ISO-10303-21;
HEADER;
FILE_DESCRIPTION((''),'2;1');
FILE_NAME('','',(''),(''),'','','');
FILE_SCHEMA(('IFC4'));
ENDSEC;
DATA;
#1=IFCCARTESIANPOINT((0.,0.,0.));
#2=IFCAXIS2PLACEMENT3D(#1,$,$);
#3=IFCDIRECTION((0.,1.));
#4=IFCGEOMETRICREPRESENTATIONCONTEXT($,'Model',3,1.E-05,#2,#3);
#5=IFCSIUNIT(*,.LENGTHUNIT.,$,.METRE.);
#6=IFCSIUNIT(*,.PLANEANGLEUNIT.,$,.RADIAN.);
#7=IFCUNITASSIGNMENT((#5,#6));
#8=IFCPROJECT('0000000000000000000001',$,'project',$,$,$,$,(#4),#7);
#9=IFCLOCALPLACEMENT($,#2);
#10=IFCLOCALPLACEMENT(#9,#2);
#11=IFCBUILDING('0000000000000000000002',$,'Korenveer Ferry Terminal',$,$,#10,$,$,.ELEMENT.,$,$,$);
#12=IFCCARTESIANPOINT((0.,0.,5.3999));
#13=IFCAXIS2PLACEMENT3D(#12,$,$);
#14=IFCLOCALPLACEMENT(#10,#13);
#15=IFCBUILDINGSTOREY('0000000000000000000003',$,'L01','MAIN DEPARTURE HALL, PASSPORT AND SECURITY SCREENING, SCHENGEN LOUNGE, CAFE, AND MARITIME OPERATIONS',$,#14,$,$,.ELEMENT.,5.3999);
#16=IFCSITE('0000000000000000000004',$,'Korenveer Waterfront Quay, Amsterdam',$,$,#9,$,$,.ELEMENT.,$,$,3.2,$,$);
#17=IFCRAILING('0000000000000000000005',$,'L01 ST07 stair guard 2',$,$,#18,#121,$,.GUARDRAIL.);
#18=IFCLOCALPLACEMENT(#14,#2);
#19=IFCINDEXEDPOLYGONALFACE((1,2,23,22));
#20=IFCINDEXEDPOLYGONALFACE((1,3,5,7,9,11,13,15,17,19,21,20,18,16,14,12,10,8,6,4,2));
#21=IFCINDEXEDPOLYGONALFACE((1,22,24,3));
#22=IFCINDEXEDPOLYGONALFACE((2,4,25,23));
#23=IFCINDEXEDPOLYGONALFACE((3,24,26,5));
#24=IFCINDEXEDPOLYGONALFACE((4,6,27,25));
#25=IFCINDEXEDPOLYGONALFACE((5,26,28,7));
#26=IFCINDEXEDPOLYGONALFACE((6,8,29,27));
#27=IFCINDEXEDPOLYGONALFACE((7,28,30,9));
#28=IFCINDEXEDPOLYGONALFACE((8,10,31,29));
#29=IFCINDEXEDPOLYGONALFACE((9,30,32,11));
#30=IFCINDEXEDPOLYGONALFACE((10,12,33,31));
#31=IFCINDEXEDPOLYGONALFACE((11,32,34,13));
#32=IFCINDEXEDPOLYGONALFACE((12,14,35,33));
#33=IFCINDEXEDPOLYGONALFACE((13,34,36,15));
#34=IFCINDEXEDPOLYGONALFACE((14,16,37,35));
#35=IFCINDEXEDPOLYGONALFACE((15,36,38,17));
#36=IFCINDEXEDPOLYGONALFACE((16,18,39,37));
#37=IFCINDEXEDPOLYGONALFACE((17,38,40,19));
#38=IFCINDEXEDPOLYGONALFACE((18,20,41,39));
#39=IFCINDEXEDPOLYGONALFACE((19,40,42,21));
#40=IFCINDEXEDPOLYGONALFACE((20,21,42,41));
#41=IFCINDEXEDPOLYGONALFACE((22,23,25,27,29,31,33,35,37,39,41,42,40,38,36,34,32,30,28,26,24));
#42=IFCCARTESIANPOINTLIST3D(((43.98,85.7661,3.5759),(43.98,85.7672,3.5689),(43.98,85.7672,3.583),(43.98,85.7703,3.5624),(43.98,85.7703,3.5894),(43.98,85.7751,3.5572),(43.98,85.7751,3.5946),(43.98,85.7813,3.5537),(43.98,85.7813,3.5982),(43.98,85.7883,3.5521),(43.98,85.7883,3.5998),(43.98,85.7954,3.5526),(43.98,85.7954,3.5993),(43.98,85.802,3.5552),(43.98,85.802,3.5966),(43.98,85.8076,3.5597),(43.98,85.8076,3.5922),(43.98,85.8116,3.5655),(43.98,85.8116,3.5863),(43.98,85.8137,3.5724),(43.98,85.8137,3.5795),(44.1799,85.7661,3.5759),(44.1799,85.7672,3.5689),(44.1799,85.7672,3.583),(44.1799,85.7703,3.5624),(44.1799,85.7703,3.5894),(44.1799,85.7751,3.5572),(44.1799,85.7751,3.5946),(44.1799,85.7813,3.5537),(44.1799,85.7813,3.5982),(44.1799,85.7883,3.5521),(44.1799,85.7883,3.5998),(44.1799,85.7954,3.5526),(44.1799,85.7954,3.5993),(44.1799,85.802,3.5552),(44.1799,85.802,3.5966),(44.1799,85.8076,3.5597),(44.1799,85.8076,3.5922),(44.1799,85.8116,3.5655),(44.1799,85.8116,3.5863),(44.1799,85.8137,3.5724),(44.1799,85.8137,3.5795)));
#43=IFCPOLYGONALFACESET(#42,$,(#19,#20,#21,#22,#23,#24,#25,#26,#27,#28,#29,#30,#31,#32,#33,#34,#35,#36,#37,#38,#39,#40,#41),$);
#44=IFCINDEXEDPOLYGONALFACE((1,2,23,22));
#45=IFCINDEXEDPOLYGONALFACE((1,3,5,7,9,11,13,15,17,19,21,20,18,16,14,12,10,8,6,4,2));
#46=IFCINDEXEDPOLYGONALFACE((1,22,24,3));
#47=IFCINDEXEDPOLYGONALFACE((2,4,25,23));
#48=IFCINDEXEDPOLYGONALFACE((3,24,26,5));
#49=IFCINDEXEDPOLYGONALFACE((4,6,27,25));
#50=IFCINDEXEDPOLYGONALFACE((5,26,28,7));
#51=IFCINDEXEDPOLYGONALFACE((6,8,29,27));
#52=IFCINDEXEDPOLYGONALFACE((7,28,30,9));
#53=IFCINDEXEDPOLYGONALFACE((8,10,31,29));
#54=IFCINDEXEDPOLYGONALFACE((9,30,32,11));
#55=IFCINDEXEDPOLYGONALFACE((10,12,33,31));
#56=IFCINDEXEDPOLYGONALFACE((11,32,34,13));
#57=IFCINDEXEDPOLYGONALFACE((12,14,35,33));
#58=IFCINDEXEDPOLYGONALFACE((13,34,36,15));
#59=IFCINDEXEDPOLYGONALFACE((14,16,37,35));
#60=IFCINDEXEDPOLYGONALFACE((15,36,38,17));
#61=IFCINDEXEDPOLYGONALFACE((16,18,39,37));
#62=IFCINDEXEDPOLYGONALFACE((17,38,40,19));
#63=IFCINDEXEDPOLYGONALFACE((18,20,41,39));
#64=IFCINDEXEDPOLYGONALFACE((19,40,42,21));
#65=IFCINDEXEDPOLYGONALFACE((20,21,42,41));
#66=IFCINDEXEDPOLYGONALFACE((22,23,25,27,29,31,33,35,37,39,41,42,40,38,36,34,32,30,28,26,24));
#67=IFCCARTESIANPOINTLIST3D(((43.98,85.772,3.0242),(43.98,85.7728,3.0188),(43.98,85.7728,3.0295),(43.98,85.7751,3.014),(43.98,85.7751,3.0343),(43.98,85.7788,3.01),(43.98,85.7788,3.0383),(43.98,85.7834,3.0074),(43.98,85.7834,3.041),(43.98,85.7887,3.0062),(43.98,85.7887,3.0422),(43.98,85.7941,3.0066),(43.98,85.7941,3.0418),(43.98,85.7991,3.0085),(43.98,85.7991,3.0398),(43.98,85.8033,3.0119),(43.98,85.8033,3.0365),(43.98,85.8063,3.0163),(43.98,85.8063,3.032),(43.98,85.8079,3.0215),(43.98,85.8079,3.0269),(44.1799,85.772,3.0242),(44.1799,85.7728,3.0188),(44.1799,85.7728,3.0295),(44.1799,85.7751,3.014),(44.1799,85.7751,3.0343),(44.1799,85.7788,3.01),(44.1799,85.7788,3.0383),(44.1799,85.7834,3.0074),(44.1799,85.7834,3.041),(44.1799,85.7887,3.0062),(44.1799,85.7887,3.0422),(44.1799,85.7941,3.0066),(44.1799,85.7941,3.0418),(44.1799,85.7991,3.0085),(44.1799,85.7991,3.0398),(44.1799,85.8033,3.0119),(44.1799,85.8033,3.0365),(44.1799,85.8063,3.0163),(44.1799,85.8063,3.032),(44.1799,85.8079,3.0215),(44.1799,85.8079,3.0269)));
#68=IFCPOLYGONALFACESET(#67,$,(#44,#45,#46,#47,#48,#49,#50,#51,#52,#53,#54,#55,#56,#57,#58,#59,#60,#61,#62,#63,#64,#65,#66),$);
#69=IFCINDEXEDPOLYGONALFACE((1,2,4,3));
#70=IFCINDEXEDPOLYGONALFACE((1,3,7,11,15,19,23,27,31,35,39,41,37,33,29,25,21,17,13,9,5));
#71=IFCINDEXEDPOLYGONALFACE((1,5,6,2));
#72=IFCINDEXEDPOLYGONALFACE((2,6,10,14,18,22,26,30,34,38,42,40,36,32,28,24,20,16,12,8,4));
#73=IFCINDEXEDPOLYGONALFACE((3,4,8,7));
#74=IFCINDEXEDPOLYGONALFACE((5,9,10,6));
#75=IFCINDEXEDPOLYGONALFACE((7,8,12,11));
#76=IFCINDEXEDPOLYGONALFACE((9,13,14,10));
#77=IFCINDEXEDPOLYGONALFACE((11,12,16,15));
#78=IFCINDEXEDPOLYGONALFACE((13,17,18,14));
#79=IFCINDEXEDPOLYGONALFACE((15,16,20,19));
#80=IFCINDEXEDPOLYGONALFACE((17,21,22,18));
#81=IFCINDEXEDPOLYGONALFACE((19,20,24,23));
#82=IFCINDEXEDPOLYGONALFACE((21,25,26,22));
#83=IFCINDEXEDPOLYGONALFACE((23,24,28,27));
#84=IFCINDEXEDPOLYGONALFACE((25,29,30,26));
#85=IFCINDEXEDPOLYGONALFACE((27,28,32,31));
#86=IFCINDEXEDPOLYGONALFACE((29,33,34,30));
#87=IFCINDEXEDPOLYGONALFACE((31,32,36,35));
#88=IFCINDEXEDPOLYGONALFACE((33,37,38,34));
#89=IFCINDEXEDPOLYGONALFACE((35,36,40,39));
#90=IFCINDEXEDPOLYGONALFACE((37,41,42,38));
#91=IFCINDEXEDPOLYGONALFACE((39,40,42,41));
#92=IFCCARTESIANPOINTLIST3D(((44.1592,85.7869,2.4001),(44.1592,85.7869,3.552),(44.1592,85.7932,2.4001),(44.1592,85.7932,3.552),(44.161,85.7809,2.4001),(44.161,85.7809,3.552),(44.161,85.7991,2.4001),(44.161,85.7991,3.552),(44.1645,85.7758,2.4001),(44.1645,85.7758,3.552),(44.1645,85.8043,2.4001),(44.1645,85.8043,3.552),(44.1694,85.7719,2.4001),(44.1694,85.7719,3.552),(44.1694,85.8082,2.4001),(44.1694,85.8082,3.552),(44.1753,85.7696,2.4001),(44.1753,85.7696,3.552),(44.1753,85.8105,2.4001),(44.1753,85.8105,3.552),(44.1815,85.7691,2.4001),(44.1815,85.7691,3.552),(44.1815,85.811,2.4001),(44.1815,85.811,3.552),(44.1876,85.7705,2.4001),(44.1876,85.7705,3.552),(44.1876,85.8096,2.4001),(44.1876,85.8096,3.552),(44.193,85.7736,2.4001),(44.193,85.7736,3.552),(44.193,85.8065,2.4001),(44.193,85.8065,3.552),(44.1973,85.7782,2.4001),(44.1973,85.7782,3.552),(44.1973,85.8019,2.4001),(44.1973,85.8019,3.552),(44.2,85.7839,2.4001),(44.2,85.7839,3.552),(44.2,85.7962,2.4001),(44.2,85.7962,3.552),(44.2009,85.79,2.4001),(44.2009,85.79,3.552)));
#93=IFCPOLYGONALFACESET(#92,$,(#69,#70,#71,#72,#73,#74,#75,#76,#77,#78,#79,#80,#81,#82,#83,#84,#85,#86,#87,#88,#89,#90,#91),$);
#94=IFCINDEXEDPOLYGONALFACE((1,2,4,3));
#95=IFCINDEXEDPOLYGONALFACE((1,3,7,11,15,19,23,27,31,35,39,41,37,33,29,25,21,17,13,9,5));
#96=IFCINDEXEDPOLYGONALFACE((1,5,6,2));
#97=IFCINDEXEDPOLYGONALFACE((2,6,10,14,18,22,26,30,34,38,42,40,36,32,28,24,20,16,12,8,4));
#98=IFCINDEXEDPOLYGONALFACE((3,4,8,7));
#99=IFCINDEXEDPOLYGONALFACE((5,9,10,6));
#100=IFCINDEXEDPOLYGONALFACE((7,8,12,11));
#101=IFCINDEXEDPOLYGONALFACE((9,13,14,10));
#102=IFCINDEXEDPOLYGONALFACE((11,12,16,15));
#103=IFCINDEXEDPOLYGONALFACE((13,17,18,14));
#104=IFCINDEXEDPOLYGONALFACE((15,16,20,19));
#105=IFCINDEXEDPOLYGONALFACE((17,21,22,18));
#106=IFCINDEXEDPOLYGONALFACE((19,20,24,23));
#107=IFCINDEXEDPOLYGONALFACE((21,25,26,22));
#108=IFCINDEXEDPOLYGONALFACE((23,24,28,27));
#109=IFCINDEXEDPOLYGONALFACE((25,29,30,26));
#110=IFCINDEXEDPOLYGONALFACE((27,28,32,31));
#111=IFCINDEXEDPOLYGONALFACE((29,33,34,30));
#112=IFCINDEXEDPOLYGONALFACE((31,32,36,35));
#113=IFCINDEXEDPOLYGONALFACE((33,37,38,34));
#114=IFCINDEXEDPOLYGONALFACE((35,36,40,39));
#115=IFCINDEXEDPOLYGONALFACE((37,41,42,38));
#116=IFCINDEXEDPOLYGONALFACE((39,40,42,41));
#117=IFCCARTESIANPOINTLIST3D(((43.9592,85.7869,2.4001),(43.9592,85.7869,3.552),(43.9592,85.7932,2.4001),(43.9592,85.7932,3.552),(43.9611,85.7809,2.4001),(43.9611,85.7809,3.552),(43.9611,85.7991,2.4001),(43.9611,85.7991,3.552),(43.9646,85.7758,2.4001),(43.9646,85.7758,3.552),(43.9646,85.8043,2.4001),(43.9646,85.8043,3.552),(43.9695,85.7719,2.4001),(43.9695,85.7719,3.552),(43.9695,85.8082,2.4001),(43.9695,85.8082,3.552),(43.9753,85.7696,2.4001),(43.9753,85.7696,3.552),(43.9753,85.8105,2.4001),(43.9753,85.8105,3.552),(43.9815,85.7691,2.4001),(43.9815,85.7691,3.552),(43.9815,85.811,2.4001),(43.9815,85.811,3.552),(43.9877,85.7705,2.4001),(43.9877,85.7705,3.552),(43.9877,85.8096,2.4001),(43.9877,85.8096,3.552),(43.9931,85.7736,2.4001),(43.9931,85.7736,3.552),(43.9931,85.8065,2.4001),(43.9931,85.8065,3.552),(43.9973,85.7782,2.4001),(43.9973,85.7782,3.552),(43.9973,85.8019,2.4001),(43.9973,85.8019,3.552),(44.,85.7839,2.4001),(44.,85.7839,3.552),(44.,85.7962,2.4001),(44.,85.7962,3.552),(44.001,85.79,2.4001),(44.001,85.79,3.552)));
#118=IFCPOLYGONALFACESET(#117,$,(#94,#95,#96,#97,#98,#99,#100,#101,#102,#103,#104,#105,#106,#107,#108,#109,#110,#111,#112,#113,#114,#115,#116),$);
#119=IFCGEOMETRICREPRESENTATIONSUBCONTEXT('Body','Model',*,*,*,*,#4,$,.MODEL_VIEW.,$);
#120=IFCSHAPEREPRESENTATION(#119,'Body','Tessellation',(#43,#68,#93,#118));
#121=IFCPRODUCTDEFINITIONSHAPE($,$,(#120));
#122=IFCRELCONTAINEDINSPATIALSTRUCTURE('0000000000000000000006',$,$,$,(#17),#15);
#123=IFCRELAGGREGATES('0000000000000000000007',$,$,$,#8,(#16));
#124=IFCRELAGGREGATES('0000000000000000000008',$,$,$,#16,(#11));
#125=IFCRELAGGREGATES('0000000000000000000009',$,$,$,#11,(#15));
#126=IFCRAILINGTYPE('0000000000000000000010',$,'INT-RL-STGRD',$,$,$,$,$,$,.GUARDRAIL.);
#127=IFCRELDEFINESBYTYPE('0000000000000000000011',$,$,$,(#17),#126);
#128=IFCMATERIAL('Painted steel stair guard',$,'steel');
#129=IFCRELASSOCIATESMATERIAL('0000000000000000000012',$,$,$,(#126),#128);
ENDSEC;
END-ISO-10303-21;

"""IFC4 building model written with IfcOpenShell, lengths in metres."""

from ifc_helpers import new_model, si_unit, direction, frame, origin, origin_2d, place, context, subcontext, project, spatial, circle, extrude, material, type_object, element, save


model = new_model("IFC4")

# Units and contexts
model_context = context("Model", 3, precision=1e-05, world=origin(), true_north=direction((0.0, 1.0)))
body_context = subcontext(model_context, "Body", "Model", "MODEL_VIEW")
ifc_project = project(units=[si_unit("LENGTHUNIT", "METRE"), si_unit("PLANEANGLEUNIT", "RADIAN")], contexts=[model_context])

# Site, building, storey
site_placement = place(None, origin())
site = spatial("IfcSite", under=ifc_project, at=site_placement, Name="Korenveer Waterfront Quay, Amsterdam", CompositionType="ELEMENT", RefElevation=3.2)
building_placement = place(site_placement, origin())
building = spatial("IfcBuilding", under=site, at=building_placement, Name="Korenveer Ferry Terminal", CompositionType="ELEMENT")
storey_placement = place(building_placement, frame((0.0, 0.0, 5.3999)))
storey = spatial("IfcBuildingStorey", under=building, at=storey_placement, Name="L01", Description="MAIN DEPARTURE HALL, PASSPORT AND SECURITY SCREENING, SCHENGEN LOUNGE, CAFE, AND MARITIME OPERATIONS", CompositionType="ELEMENT", Elevation=5.3999)

# Railing
ifc_material_1 = material(Name="Painted steel stair guard", Category="steel")
railing_type_1 = type_object("IfcRailingType", Name="INT-RL-STGRD", PredefinedType="GUARDRAIL", material=ifc_material_1)
railing_1_placement = place(storey_placement, frame((44.1799, 85.79, 2.4001)))
element("IfcRailing", 1, at=railing_1_placement, inside=storey, type_object=railing_type_1, Name="L01 ST07 stair guard 2", PredefinedType="GUARDRAIL", context=body_context, shape_type="SweptSolid", body=[
    extrude(circle(Radius=0.0239, at=origin_2d()), frame((0.0, 0.0, 1.1758), z_axis=(-1.0, 0.0, 0.0), x_axis=(0.0, -1.0, 0.0)), (0.0, 0.0, 1.0), 0.2),
    extrude(circle(Radius=0.0181, at=origin_2d()), frame((0.0, 0.0, 0.624), z_axis=(-1.0, 0.0, 0.0), x_axis=(0.0, -1.0, 0.0)), (0.0, 0.0, 1.0), 0.2),
    extrude(circle(Radius=0.021, at=origin_2d()), origin(), (0.0, 0.0, 1.0), 1.1519),
    extrude(circle(Radius=0.021, at=origin_2d()), frame((-0.2, 0.0, 0.0)), (0.0, 0.0, 1.0), 1.1519),
])

save(model, "model.ifc")
